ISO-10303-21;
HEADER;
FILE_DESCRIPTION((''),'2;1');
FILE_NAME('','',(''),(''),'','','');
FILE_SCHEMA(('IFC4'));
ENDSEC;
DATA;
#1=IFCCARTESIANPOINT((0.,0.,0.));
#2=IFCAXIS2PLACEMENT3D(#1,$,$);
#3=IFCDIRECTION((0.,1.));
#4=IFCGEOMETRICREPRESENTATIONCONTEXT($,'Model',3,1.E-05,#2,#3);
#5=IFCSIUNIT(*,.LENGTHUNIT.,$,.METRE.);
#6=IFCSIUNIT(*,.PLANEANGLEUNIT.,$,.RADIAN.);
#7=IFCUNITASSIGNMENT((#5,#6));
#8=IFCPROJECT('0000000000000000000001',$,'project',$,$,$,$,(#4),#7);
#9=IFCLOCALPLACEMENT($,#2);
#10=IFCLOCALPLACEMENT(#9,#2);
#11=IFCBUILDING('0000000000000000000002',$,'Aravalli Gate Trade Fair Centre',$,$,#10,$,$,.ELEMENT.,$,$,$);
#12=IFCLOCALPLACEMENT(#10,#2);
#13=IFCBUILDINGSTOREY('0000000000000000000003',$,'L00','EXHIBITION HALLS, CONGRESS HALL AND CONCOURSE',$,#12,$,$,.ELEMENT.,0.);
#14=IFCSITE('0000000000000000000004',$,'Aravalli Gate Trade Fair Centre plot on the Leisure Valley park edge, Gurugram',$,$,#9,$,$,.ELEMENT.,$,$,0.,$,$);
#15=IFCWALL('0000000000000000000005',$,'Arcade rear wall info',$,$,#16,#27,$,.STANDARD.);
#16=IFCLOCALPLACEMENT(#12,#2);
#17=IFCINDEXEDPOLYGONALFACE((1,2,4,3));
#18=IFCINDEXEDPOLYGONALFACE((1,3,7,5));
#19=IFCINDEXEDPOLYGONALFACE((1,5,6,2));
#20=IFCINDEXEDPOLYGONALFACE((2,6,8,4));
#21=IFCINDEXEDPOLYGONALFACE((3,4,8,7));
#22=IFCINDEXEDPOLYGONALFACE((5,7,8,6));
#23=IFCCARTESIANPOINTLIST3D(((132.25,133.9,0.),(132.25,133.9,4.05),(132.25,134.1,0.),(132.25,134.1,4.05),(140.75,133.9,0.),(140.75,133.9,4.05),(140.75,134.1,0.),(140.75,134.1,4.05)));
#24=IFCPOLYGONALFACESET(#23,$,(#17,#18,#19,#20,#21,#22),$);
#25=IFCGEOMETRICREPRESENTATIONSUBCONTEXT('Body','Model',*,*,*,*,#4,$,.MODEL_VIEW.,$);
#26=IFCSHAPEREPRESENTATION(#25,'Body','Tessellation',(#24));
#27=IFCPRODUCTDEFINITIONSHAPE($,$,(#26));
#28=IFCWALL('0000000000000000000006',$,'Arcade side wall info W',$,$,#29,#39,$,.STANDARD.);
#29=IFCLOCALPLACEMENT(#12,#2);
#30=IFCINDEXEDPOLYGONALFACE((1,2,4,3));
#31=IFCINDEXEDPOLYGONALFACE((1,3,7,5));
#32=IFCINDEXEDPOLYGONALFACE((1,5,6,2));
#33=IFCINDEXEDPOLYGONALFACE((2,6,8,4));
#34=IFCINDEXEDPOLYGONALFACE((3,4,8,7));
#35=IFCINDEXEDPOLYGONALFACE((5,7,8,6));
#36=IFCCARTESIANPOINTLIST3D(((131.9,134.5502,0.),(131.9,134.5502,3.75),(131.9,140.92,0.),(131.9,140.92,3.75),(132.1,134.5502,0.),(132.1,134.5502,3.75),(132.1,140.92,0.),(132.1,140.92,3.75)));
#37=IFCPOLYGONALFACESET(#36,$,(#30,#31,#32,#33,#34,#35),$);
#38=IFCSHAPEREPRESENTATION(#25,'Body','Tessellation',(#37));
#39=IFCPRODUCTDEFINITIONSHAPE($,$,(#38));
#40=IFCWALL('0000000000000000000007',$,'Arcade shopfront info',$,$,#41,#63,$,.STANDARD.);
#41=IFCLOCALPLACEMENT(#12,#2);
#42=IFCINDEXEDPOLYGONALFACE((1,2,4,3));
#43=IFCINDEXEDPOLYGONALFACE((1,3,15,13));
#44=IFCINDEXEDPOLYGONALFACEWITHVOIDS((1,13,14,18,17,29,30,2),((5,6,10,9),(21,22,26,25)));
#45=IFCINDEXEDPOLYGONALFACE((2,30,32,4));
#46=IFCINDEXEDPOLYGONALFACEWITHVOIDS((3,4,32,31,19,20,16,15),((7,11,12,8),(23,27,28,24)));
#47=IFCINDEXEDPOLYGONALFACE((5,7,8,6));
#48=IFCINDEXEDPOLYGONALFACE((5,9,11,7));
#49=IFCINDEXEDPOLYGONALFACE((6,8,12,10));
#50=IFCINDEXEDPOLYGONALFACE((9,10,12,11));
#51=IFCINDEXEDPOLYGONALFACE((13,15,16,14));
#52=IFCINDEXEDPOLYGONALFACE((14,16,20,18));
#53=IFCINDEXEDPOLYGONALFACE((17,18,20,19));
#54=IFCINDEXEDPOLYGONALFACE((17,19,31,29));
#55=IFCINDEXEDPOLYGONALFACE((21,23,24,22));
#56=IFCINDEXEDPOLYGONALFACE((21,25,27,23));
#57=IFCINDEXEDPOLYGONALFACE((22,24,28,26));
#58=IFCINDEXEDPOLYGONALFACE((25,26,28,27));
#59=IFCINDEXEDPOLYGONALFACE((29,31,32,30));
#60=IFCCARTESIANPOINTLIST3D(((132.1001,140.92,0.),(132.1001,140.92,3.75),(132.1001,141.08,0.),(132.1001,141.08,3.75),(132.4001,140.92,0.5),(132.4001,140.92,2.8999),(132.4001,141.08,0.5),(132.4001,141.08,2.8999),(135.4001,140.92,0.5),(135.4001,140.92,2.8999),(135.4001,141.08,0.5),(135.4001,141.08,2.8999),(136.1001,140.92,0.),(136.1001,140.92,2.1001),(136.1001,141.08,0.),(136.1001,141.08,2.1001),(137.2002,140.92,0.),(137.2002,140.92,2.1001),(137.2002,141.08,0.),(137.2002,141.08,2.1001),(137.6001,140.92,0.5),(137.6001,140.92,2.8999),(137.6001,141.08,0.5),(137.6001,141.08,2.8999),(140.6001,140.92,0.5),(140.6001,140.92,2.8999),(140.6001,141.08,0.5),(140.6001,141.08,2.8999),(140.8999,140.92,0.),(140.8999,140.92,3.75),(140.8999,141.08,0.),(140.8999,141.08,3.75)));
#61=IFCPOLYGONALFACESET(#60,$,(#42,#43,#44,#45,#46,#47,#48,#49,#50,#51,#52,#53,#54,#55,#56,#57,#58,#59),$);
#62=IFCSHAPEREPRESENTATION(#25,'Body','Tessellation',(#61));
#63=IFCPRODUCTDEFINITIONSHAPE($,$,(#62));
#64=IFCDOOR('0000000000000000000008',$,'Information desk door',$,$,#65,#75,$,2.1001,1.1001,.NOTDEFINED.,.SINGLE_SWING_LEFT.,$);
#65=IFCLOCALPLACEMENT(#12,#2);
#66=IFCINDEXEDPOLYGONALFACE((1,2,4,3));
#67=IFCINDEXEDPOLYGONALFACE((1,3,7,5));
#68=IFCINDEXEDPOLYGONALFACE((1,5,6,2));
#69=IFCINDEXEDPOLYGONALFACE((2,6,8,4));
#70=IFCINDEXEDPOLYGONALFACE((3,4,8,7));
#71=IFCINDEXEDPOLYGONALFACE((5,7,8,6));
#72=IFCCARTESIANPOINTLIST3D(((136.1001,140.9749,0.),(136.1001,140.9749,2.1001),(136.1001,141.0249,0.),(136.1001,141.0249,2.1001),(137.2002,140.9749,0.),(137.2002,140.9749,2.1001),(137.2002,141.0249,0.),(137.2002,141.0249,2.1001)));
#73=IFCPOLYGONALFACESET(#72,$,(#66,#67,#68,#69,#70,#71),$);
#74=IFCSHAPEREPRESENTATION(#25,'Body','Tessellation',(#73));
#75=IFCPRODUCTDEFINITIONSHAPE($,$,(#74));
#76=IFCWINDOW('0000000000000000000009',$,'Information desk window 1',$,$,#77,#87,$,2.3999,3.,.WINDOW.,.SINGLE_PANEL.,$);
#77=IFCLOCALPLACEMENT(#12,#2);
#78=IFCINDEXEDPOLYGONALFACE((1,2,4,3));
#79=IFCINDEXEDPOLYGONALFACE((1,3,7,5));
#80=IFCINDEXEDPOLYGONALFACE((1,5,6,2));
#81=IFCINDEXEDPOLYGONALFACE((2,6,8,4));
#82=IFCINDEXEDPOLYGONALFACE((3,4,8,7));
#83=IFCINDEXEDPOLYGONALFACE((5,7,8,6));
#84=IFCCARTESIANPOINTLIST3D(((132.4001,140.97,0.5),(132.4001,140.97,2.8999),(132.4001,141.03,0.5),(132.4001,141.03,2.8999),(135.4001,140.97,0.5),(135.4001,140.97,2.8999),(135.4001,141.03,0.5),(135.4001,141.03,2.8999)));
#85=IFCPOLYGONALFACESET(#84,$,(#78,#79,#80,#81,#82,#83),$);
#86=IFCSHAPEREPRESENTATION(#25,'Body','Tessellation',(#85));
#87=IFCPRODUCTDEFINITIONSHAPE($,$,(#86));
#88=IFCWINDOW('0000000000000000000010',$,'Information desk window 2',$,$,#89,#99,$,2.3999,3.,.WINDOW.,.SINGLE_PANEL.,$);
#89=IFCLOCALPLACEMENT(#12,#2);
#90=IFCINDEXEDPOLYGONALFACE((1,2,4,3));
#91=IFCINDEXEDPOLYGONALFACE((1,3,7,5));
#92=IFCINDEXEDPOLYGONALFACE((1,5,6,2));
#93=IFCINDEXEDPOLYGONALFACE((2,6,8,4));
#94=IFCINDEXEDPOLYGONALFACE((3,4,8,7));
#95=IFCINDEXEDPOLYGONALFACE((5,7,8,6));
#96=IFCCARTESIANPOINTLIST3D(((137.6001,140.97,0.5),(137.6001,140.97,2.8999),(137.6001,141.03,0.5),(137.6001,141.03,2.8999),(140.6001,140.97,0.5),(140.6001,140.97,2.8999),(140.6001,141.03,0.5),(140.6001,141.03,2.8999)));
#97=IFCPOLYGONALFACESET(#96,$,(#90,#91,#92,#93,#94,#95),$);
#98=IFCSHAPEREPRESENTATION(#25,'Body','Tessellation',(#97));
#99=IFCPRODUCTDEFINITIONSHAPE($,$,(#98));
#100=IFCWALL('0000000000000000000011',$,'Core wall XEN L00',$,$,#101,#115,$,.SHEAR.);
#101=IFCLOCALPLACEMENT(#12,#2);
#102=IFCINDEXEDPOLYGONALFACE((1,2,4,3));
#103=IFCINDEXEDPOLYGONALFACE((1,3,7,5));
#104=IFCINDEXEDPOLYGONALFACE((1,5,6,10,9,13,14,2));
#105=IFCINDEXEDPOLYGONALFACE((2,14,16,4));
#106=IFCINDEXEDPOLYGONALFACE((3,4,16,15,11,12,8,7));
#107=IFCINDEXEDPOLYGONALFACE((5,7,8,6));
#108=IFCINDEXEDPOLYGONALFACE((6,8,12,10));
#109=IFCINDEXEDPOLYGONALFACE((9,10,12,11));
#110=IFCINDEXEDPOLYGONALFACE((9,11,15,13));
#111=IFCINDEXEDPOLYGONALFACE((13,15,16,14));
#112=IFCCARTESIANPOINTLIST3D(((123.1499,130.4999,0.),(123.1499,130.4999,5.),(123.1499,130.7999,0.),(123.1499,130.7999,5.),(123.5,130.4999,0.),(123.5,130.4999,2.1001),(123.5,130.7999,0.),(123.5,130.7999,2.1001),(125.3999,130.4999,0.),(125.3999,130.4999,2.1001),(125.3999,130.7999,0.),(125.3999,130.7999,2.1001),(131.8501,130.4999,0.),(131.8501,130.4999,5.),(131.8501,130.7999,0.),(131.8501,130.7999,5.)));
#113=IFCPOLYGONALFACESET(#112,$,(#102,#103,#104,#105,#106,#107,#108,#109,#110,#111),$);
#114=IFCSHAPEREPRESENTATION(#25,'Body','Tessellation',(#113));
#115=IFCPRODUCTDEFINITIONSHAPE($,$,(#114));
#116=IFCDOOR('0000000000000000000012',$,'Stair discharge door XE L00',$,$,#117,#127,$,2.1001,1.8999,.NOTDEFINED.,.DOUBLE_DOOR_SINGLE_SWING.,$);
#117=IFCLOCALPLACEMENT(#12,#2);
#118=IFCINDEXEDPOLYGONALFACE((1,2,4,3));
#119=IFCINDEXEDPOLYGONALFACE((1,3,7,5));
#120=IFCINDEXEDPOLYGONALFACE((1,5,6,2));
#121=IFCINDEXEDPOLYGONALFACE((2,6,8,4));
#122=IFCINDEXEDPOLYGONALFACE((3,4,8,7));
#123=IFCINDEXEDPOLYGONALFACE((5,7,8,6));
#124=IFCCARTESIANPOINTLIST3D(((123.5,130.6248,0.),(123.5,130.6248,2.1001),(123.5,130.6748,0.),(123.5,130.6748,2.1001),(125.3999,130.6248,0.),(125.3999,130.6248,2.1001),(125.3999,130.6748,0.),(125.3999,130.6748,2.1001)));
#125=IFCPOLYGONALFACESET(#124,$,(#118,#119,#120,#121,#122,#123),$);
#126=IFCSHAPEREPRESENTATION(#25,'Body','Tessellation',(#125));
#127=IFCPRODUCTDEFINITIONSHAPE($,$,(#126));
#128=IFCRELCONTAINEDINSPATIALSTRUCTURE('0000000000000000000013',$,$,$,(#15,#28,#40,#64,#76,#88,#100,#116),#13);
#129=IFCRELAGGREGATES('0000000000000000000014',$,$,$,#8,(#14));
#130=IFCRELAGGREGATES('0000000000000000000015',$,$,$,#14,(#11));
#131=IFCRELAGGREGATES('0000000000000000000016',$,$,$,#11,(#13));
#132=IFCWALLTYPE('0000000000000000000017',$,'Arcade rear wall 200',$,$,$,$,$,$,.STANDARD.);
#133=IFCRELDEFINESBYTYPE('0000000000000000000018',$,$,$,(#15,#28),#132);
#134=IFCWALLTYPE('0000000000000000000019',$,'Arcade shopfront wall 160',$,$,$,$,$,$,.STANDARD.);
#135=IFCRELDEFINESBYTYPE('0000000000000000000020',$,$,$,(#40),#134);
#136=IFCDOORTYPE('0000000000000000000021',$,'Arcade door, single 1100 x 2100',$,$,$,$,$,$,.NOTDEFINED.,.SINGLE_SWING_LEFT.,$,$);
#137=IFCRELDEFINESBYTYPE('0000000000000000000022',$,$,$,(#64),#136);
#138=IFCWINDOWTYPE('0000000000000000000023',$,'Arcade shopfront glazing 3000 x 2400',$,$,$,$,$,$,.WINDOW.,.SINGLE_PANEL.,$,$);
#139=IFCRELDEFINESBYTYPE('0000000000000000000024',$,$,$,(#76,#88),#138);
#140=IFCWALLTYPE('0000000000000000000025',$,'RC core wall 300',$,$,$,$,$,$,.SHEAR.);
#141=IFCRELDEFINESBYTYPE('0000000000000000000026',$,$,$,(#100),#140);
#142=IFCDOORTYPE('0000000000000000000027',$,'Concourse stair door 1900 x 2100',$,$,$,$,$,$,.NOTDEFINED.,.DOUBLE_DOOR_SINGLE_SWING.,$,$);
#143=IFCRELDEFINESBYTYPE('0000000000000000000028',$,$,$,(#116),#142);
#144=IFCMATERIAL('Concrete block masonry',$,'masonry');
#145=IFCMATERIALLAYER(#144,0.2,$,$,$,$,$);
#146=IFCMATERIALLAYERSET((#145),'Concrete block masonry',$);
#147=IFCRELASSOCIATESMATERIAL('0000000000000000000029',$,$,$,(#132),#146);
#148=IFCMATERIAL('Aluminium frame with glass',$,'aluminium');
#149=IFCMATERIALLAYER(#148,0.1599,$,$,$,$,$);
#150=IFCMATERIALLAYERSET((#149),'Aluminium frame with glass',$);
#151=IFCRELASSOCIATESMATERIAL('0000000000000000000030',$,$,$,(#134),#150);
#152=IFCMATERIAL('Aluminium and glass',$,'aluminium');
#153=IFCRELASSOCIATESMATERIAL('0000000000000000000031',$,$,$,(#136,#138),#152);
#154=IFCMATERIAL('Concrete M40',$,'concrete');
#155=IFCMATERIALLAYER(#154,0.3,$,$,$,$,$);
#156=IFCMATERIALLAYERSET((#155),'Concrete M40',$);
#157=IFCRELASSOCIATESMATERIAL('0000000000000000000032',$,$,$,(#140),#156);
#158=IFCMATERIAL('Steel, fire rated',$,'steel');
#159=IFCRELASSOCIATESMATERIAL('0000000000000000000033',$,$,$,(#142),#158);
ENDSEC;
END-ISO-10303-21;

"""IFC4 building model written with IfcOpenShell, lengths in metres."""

from ifc_helpers import new_model, si_unit, direction, frame, frame_2d, origin, place, context, subcontext, project, spatial, rectangle, extrude, material, layer, layer_set, type_object, element, fill, save


model = new_model("IFC4")

# Units and contexts
model_context = context("Model", 3, precision=1e-05, world=origin(), true_north=direction((0.0, 1.0)))
body_context = subcontext(model_context, "Body", "Model", "MODEL_VIEW")
ifc_project = project(units=[si_unit("LENGTHUNIT", "METRE"), si_unit("PLANEANGLEUNIT", "RADIAN")], contexts=[model_context])

# Site, building, storey
site_placement = place(None, origin())
site = spatial("IfcSite", under=ifc_project, at=site_placement, Name="Aravalli Gate Trade Fair Centre plot on the Leisure Valley park edge, Gurugram", CompositionType="ELEMENT", RefElevation=0.0)
building_placement = place(site_placement, origin())
building = spatial("IfcBuilding", under=site, at=building_placement, Name="Aravalli Gate Trade Fair Centre", CompositionType="ELEMENT")
storey_placement = place(building_placement, origin())
storey = spatial("IfcBuildingStorey", under=building, at=storey_placement, Name="L00", Description="EXHIBITION HALLS, CONGRESS HALL AND CONCOURSE", CompositionType="ELEMENT", Elevation=0.0)

# Shared definitions
ifc_material_1 = material(Name="Concrete M40", Category="concrete")

# Walls
ifc_material_2 = material(Name="Concrete block masonry", Category="masonry")
ifc_layer_1 = layer(ifc_material_2, 0.2)
ifc_layer_set_1 = layer_set([ifc_layer_1], Name="Concrete block masonry")
wall_type_1 = type_object("IfcWallType", Name="Arcade rear wall 200", PredefinedType="STANDARD", material=ifc_layer_set_1)
wall_1_placement = place(storey_placement, frame((132.25, 134.0, 0.0), z_axis=(0.0, 0.0, 1.0), x_axis=(1.0, 0.0, 0.0)))
element("IfcWall", 1, at=wall_1_placement, inside=storey, type_object=wall_type_1, Name="Arcade rear wall info", PredefinedType="STANDARD", context=body_context, shape_type="SweptSolid", body=[
    extrude(rectangle(XDim=8.5, YDim=0.2, at=frame_2d((4.25, 0.0))), origin(), (0.0, 0.0, 1.0), 4.05),
])
wall_2_placement = place(storey_placement, frame((132.0, 134.55, 0.0), z_axis=(0.0, 0.0, 1.0), x_axis=(0.0, 1.0, 0.0)))
element("IfcWall", 2, at=wall_2_placement, inside=storey, type_object=wall_type_1, Name="Arcade side wall info W", PredefinedType="STANDARD", context=body_context, shape_type="SweptSolid", body=[
    extrude(rectangle(XDim=6.3699, YDim=0.2, at=frame_2d((3.1851, 0.0))), origin(), (0.0, 0.0, 1.0), 3.75),
])

# Wall, openings, door, windows
ifc_material_3 = material(Name="Aluminium frame with glass", Category="aluminium")
ifc_layer_2 = layer(ifc_material_3, 0.1599)
ifc_layer_set_2 = layer_set([ifc_layer_2], Name="Aluminium frame with glass")
wall_type_2 = type_object("IfcWallType", Name="Arcade shopfront wall 160", PredefinedType="STANDARD", material=ifc_layer_set_2)
wall_3_placement = place(storey_placement, frame((132.1001, 141.0, 0.0), z_axis=(0.0, 0.0, 1.0), x_axis=(1.0, 0.0, 0.0)))
wall_3 = element("IfcWall", 3, at=wall_3_placement, inside=storey, type_object=wall_type_2, Name="Arcade shopfront info", PredefinedType="STANDARD", context=body_context, shape_type="SweptSolid", body=[
    extrude(rectangle(XDim=8.7998, YDim=0.1599, at=frame_2d((4.3999, 0.0))), origin(), (0.0, 0.0, 1.0), 3.75),
])
opening_1_placement = place(wall_3_placement, frame((4.0, 0.0, 0.0)))
opening_1 = element("IfcOpeningElement", 4, at=opening_1_placement, cuts=wall_3, PredefinedType="OPENING", context=body_context, shape_type="SweptSolid", body=[
    extrude(rectangle(XDim=1.1001, YDim=2.1001, at=frame_2d((0.55, 1.05))), frame((0.0, 0.0898, 0.0), z_axis=(0.0, -1.0, 0.0), x_axis=(1.0, 0.0, 0.0)), (0.0, 0.0, 1.0), 0.1799),
])
opening_2_placement = place(wall_3_placement, frame((0.3, 0.0, 0.5)))
opening_2 = element("IfcOpeningElement", 5, at=opening_2_placement, cuts=wall_3, PredefinedType="OPENING", context=body_context, shape_type="SweptSolid", body=[
    extrude(rectangle(XDim=3.0, YDim=2.3999, at=frame_2d((1.5, 1.2))), frame((0.0, 0.0898, 0.0), z_axis=(0.0, -1.0, 0.0), x_axis=(1.0, 0.0, 0.0)), (0.0, 0.0, 1.0), 0.1799),
])
opening_3_placement = place(wall_3_placement, frame((5.5, 0.0, 0.5)))
opening_3 = element("IfcOpeningElement", 6, at=opening_3_placement, cuts=wall_3, PredefinedType="OPENING", context=body_context, shape_type="SweptSolid", body=[
    extrude(rectangle(XDim=3.0, YDim=2.3999, at=frame_2d((1.5, 1.2))), frame((0.0, 0.0898, 0.0), z_axis=(0.0, -1.0, 0.0), x_axis=(1.0, 0.0, 0.0)), (0.0, 0.0, 1.0), 0.1799),
])
ifc_material_4 = material(Name="Aluminium and glass", Category="aluminium")
door_type_1 = type_object("IfcDoorType", Name="Arcade door, single 1100 x 2100", OperationType="SINGLE_SWING_LEFT", PredefinedType="NOTDEFINED", material=ifc_material_4)
door_1_placement = place(opening_1_placement, origin())
door_1 = element("IfcDoor", 7, at=door_1_placement, inside=storey, type_object=door_type_1, Name="Information desk door", OperationType="SINGLE_SWING_LEFT", OverallHeight=2.1001, OverallWidth=1.1001, PredefinedType="NOTDEFINED", context=body_context, shape_type="SweptSolid", body=[
    extrude(rectangle(XDim=1.1001, YDim=2.1001, at=frame_2d((0.55, 1.05))), frame((0.0, 0.0249, 0.0), z_axis=(0.0, -1.0, 0.0), x_axis=(1.0, 0.0, 0.0)), (0.0, 0.0, 1.0), 0.05),
])
fill(opening_1, door_1)
window_type_1 = type_object("IfcWindowType", Name="Arcade shopfront glazing 3000 x 2400", PartitioningType="SINGLE_PANEL", PredefinedType="WINDOW", material=ifc_material_4)
window_1_placement = place(opening_2_placement, origin())
window_1 = element("IfcWindow", 8, at=window_1_placement, inside=storey, type_object=window_type_1, Name="Information desk window 1", OverallHeight=2.3999, OverallWidth=3.0, PartitioningType="SINGLE_PANEL", PredefinedType="WINDOW", context=body_context, shape_type="SweptSolid", body=[
    extrude(rectangle(XDim=3.0, YDim=2.3999, at=frame_2d((1.5, 1.2))), frame((0.0, 0.03, 0.0), z_axis=(0.0, -1.0, 0.0), x_axis=(1.0, 0.0, 0.0)), (0.0, 0.0, 1.0), 0.0601),
])
fill(opening_2, window_1)
window_2_placement = place(opening_3_placement, origin())
window_2 = element("IfcWindow", 9, at=window_2_placement, inside=storey, type_object=window_type_1, Name="Information desk window 2", OverallHeight=2.3999, OverallWidth=3.0, PartitioningType="SINGLE_PANEL", PredefinedType="WINDOW", context=body_context, shape_type="SweptSolid", body=[
    extrude(rectangle(XDim=3.0, YDim=2.3999, at=frame_2d((1.5, 1.2))), frame((0.0, 0.03, 0.0), z_axis=(0.0, -1.0, 0.0), x_axis=(1.0, 0.0, 0.0)), (0.0, 0.0, 1.0), 0.0601),
])
fill(opening_3, window_2)

# Wall, opening, door
ifc_layer_3 = layer(ifc_material_1, 0.3)
ifc_layer_set_3 = layer_set([ifc_layer_3], Name="Concrete M40")
wall_type_3 = type_object("IfcWallType", Name="RC core wall 300", PredefinedType="SHEAR", material=ifc_layer_set_3)
wall_4_placement = place(storey_placement, frame((123.1499, 130.6499, 0.0), z_axis=(0.0, 0.0, 1.0), x_axis=(1.0, 0.0, 0.0)))
wall_4 = element("IfcWall", 10, at=wall_4_placement, inside=storey, type_object=wall_type_3, Name="Core wall XEN L00", PredefinedType="SHEAR", context=body_context, shape_type="SweptSolid", body=[
    extrude(rectangle(XDim=8.7002, YDim=0.3, at=frame_2d((4.3501, 0.0))), origin(), (0.0, 0.0, 1.0), 5.0),
])
opening_4_placement = place(wall_4_placement, frame((0.3501, 0.0, 0.0)))
opening_4 = element("IfcOpeningElement", 11, at=opening_4_placement, cuts=wall_4, PredefinedType="OPENING", context=body_context, shape_type="SweptSolid", body=[
    extrude(rectangle(XDim=1.8999, YDim=2.1001, at=frame_2d((0.95, 1.05))), frame((0.0, 0.1599, 0.0), z_axis=(0.0, -1.0, 0.0), x_axis=(1.0, 0.0, 0.0)), (0.0, 0.0, 1.0), 0.3201),
])
ifc_material_5 = material(Name="Steel, fire rated", Category="steel")
door_type_2 = type_object("IfcDoorType", Name="Concourse stair door 1900 x 2100", OperationType="DOUBLE_DOOR_SINGLE_SWING", PredefinedType="NOTDEFINED", material=ifc_material_5)
door_2_placement = place(opening_4_placement, origin())
door_2 = element("IfcDoor", 12, at=door_2_placement, inside=storey, type_object=door_type_2, Name="Stair discharge door XE L00", OperationType="DOUBLE_DOOR_SINGLE_SWING", OverallHeight=2.1001, OverallWidth=1.8999, PredefinedType="NOTDEFINED", context=body_context, shape_type="SweptSolid", body=[
    extrude(rectangle(XDim=1.8999, YDim=2.1001, at=frame_2d((0.95, 1.05))), frame((0.0, 0.0249, 0.0), z_axis=(0.0, -1.0, 0.0), x_axis=(1.0, 0.0, 0.0)), (0.0, 0.0, 1.0), 0.05),
])
fill(opening_4, door_2)

save(model, "model.ifc")
